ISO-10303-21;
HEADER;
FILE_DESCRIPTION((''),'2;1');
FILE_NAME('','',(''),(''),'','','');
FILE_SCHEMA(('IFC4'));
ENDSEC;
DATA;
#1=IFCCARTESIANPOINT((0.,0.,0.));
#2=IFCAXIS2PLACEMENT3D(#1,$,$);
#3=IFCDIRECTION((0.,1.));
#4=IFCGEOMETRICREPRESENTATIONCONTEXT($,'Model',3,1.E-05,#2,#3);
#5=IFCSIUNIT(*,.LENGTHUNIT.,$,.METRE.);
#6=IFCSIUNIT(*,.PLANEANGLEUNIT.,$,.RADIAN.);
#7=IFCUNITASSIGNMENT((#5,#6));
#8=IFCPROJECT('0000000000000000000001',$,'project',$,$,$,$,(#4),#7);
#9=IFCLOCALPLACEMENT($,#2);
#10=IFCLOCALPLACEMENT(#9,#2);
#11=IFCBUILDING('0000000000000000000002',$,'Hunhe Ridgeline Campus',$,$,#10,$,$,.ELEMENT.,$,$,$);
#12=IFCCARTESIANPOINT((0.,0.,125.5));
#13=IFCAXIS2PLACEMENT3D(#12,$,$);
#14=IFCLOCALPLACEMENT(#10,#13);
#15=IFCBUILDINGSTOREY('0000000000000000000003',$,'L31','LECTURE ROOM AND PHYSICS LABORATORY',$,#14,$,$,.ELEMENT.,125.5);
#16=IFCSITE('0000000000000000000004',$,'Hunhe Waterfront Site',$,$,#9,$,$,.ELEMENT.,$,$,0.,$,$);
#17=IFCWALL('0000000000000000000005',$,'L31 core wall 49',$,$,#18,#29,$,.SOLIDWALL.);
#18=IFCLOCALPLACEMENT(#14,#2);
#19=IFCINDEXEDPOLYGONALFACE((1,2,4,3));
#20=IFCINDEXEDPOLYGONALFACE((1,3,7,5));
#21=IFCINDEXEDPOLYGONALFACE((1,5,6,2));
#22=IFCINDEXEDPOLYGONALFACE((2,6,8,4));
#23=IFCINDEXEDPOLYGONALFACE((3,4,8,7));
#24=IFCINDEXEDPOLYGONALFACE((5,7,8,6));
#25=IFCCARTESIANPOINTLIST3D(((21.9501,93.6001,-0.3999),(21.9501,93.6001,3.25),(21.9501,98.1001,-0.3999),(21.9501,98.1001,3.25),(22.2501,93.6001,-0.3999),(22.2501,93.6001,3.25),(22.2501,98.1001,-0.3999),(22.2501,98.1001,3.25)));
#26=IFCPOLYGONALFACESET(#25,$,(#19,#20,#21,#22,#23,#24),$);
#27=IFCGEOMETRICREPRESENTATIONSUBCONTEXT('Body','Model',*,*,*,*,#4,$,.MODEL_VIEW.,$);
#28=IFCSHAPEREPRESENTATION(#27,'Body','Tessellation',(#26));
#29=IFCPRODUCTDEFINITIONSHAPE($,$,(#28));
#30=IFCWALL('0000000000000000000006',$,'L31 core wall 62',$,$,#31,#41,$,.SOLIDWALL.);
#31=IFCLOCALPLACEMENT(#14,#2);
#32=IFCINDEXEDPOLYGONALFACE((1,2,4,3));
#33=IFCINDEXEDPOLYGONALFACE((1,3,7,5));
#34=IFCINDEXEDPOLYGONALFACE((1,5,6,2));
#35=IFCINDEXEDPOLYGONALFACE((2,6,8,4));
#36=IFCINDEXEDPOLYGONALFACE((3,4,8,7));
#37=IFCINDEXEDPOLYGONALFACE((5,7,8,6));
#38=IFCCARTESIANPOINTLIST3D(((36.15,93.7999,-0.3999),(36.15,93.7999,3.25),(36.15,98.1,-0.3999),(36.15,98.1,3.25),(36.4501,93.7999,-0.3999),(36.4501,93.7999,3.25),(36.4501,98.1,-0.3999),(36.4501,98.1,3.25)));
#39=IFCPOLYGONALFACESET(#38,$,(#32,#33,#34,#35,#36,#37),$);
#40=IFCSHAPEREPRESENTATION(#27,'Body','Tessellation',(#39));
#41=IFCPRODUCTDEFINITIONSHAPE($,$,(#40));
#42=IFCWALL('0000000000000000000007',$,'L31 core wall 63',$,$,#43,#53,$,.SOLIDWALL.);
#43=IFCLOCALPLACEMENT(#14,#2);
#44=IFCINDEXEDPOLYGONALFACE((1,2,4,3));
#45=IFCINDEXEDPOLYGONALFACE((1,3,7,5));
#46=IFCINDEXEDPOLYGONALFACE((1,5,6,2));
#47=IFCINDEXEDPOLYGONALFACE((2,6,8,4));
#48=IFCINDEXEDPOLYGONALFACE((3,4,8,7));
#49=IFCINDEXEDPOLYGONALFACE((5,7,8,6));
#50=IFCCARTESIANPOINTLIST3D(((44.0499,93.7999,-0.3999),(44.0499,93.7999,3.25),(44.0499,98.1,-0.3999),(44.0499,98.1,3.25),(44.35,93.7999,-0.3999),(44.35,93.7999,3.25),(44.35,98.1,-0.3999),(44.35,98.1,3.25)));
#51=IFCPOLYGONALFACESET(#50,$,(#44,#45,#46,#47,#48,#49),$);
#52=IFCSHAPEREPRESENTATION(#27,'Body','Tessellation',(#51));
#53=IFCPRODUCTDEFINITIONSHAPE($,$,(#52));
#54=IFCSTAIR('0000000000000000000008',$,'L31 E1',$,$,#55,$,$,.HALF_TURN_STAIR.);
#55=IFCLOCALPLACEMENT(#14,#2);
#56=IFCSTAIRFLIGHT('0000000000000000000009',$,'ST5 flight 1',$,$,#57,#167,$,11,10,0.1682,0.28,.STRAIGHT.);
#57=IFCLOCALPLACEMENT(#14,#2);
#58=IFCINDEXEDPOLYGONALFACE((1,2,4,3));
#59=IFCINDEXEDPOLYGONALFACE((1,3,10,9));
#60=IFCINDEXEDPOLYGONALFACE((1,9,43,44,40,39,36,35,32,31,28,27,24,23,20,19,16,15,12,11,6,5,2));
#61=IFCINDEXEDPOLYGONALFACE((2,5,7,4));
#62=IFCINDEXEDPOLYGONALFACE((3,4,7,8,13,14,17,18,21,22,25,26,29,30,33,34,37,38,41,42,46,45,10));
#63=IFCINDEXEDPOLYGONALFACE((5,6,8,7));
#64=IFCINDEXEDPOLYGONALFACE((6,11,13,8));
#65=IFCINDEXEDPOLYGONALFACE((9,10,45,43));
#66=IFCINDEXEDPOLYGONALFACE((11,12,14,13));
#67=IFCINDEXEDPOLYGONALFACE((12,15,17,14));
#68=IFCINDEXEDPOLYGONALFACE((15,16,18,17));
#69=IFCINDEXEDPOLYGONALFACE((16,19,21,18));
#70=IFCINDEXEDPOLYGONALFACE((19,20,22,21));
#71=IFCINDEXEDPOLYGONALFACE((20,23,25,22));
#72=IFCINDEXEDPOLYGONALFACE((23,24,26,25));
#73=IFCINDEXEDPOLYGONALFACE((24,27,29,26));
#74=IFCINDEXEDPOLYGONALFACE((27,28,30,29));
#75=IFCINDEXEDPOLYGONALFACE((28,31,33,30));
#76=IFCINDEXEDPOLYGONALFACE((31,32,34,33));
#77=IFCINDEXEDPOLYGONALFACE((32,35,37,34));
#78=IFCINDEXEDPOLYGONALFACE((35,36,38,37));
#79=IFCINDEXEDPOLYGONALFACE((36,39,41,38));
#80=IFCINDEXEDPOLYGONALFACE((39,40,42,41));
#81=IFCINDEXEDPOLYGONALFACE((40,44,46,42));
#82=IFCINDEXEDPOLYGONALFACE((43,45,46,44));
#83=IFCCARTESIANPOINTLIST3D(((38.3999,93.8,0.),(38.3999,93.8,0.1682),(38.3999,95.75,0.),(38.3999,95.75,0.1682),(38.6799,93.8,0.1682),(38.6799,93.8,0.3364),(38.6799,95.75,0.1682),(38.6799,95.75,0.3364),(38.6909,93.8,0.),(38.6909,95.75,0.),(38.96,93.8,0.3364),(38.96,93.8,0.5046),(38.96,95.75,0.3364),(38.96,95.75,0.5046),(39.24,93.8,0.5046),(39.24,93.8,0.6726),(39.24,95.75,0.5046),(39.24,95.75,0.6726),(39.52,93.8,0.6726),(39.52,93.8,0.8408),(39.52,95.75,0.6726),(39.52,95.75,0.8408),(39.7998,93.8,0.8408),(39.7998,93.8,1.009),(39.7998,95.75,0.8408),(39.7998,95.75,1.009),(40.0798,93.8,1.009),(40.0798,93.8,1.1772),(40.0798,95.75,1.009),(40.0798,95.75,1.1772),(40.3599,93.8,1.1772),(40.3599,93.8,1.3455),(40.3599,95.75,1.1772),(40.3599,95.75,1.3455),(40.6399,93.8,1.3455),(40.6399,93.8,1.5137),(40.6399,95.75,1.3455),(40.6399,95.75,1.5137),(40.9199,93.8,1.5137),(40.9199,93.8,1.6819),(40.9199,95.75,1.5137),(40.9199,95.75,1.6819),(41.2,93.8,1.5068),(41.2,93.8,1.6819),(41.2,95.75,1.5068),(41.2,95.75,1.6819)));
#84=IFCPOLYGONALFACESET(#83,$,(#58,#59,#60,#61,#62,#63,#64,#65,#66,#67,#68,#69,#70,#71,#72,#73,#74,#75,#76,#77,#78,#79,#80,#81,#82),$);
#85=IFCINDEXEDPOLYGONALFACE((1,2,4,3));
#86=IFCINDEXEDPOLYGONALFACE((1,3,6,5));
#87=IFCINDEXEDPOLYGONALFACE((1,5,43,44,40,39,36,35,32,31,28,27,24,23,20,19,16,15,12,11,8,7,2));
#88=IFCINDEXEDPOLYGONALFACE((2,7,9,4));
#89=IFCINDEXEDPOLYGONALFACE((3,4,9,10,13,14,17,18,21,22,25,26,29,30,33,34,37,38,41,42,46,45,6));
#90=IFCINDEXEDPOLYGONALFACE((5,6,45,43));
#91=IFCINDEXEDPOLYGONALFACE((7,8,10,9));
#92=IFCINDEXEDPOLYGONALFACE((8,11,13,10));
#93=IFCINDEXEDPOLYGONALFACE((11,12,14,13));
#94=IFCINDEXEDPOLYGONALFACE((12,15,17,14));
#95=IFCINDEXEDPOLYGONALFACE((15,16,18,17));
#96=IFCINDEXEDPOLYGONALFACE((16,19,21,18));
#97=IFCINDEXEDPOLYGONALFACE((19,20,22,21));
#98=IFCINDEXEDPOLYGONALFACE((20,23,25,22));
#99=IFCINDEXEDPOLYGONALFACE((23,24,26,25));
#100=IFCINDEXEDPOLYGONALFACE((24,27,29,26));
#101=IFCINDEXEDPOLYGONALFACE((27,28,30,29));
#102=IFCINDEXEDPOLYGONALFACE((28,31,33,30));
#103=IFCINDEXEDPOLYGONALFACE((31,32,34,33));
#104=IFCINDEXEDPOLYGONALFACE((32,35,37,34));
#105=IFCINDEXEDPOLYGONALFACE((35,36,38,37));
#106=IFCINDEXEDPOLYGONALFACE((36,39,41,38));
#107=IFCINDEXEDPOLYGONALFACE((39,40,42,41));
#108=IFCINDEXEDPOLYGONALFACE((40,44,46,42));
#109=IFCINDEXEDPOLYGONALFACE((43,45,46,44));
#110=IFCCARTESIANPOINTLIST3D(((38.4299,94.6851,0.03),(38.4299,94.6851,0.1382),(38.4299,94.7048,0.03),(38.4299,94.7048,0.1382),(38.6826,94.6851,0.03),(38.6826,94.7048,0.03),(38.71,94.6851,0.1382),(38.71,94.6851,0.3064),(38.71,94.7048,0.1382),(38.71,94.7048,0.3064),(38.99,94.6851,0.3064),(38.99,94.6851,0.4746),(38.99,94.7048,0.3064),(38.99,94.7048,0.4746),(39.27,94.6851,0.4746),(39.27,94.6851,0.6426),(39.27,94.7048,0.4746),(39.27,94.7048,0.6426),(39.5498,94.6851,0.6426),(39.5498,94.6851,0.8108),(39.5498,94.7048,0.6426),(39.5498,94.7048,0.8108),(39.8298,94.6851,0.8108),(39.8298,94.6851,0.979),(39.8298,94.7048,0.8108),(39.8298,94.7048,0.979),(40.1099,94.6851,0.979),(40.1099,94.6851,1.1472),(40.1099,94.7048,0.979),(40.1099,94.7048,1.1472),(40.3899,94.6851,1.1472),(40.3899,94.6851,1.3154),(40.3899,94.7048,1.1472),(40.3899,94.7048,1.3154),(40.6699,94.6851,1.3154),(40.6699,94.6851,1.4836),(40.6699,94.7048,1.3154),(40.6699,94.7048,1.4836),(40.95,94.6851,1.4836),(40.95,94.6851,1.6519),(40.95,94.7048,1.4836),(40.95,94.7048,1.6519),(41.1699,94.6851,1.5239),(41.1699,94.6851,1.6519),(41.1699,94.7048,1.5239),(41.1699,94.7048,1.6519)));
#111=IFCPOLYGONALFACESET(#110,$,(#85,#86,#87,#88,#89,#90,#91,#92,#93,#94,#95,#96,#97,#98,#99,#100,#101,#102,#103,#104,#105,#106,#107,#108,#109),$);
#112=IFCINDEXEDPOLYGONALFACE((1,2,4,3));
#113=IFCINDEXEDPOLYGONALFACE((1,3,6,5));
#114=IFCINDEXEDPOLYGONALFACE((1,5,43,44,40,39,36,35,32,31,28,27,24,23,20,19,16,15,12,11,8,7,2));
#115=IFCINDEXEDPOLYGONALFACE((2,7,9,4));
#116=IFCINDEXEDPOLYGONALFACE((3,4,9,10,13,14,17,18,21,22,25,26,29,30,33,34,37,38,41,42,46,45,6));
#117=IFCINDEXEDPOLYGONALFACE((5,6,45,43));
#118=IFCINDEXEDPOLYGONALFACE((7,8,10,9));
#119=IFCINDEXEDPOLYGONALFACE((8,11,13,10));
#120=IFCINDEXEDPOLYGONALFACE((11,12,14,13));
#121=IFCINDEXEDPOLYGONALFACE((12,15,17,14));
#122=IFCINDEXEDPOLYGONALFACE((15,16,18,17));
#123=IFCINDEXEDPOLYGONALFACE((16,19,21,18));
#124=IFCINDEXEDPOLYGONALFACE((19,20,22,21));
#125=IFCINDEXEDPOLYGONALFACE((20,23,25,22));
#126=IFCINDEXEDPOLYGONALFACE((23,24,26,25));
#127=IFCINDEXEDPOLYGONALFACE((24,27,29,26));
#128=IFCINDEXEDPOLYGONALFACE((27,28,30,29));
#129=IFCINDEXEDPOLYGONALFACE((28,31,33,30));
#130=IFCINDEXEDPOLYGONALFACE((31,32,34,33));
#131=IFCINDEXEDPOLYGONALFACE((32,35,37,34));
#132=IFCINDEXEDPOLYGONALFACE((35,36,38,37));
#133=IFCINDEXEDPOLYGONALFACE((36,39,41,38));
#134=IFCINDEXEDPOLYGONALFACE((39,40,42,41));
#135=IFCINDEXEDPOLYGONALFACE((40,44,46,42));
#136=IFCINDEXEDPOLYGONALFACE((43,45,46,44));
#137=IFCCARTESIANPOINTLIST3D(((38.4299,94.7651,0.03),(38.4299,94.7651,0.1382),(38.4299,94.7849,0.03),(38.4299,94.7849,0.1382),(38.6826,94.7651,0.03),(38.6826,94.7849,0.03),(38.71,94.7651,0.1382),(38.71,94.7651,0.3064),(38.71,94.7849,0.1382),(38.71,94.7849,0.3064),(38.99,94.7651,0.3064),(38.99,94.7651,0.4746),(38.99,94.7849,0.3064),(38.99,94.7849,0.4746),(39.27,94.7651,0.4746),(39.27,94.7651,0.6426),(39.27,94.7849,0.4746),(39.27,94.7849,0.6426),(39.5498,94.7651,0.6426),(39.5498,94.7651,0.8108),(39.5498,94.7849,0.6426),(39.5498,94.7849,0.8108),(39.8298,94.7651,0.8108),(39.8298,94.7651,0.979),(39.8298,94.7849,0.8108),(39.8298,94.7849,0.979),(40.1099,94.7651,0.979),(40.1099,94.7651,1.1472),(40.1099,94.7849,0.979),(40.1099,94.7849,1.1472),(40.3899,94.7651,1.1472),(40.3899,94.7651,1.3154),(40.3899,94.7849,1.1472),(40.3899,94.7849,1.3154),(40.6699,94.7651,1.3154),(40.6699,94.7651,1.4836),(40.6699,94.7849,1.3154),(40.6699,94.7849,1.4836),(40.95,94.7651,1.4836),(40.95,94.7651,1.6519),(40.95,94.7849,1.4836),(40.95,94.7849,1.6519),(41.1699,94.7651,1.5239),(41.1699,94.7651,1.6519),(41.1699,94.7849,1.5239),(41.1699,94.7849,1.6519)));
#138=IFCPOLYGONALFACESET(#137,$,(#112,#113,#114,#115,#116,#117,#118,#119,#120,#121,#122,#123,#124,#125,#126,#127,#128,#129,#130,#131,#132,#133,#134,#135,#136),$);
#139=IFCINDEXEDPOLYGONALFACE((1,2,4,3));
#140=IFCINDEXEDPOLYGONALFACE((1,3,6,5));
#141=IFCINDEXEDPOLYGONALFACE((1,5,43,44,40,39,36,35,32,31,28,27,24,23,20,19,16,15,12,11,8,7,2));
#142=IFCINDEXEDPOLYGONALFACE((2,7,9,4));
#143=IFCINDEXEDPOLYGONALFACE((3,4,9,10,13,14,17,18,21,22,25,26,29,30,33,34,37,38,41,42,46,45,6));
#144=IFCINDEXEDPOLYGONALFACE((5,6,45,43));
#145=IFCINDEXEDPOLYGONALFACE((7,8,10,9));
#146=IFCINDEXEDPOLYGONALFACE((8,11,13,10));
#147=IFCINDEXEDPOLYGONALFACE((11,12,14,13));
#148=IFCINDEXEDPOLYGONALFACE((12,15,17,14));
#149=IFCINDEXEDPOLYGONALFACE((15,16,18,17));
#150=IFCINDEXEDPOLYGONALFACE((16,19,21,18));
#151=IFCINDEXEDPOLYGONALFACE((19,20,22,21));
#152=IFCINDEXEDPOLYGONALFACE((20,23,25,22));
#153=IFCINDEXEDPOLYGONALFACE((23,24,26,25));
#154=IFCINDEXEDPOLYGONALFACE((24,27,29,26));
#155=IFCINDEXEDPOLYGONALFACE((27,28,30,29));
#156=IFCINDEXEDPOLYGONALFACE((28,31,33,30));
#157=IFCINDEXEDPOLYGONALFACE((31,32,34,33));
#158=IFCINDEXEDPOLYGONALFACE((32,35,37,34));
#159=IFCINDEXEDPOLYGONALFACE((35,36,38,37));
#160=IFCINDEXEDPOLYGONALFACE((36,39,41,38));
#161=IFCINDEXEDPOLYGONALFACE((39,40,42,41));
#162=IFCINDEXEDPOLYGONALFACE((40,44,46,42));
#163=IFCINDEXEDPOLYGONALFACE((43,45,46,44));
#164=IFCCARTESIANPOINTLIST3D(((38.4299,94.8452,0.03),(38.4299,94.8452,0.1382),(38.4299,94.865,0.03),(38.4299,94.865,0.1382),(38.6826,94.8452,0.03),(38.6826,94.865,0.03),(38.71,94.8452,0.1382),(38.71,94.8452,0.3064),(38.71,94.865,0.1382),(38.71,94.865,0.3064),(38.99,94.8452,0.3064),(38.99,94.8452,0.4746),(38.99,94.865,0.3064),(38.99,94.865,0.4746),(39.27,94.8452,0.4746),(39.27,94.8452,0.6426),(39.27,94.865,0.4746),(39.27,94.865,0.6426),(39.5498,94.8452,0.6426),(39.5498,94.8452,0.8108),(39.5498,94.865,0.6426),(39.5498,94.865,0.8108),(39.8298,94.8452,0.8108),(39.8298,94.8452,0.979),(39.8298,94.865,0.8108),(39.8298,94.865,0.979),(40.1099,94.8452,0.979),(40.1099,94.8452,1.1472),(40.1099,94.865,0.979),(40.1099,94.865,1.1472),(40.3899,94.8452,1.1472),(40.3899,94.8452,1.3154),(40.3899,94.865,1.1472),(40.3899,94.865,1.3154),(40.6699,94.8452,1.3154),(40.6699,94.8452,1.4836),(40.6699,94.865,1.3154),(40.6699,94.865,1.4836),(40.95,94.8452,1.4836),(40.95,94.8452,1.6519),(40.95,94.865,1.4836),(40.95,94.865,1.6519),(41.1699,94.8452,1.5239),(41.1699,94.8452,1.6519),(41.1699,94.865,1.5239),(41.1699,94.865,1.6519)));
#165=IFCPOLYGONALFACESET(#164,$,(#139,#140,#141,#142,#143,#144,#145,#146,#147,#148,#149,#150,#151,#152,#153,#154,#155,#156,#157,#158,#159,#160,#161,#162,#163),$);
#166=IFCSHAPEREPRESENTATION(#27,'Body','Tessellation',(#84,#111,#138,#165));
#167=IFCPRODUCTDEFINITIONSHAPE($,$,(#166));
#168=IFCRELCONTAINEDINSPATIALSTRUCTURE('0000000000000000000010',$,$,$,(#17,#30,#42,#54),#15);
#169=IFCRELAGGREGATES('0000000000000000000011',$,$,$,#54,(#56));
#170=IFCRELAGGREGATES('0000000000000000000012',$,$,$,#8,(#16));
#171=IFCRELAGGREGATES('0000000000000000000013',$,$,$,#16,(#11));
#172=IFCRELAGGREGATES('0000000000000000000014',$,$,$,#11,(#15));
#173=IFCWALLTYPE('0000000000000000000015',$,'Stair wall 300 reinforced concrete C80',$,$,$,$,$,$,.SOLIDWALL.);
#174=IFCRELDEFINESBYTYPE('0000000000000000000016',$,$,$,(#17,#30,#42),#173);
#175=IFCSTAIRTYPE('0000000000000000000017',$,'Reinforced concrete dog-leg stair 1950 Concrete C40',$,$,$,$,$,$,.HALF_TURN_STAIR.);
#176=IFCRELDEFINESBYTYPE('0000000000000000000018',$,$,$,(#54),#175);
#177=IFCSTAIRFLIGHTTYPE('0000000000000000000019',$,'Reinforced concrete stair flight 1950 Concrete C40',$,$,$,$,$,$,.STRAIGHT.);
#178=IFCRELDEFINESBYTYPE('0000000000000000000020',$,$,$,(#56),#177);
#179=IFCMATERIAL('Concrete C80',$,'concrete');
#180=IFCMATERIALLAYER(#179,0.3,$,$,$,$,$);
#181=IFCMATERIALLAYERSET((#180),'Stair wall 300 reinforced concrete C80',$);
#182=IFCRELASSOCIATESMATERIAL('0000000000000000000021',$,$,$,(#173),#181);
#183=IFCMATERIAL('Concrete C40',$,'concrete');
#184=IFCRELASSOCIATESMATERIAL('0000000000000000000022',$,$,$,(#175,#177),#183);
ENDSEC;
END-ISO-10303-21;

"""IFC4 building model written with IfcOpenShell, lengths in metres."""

from ifc_helpers import new_model, si_unit, direction, frame, frame_2d, origin, place, context, subcontext, project, spatial, polyline, rectangle, outline, extrude, material, layer, layer_set, type_object, element, aggregate, save


model = new_model("IFC4")

# Units and contexts
model_context = context("Model", 3, precision=1e-05, world=origin(), true_north=direction((0.0, 1.0)))
body_context = subcontext(model_context, "Body", "Model", "MODEL_VIEW")
ifc_project = project(units=[si_unit("LENGTHUNIT", "METRE"), si_unit("PLANEANGLEUNIT", "RADIAN")], contexts=[model_context])

# Site, building, storey
site_placement = place(None, origin())
site = spatial("IfcSite", under=ifc_project, at=site_placement, Name="Hunhe Waterfront Site", CompositionType="ELEMENT", RefElevation=0.0)
building_placement = place(site_placement, origin())
building = spatial("IfcBuilding", under=site, at=building_placement, Name="Hunhe Ridgeline Campus", CompositionType="ELEMENT")
storey_placement = place(building_placement, frame((0.0, 0.0, 125.5)))
storey = spatial("IfcBuildingStorey", under=building, at=storey_placement, Name="L31", Description="LECTURE ROOM AND PHYSICS LABORATORY", CompositionType="ELEMENT", Elevation=125.5)

# Shared definitions
ifc_material_1 = material(Name="Concrete C80", Category="concrete")

# Shared definitions
ifc_layer_1 = layer(ifc_material_1, 0.3)
ifc_layer_set_1 = layer_set([ifc_layer_1], Name="Stair wall 300 reinforced concrete C80")
wall_type_1 = type_object("IfcWallType", Name="Stair wall 300 reinforced concrete C80", PredefinedType="SOLIDWALL", material=ifc_layer_set_1)

# Walls
wall_1_placement = place(storey_placement, frame((22.1001, 93.6001, -0.3999), z_axis=(0.0, 0.0, 1.0), x_axis=(0.0, 1.0, 0.0)))
element("IfcWall", 1, at=wall_1_placement, inside=storey, type_object=wall_type_1, Name="L31 core wall 49", PredefinedType="SOLIDWALL", context=body_context, shape_type="SweptSolid", body=[
    extrude(rectangle(XDim=4.5, YDim=0.3, at=frame_2d((2.25, 0.0))), origin(), (0.0, 0.0, 1.0), 3.6499),
])
for number, where, z_axis, x_axis, name in (
    (2, (36.3, 93.8, -0.3999), (0.0, 0.0, 1.0), (0.0, 1.0, 0.0), "L31 core wall 62"),
    (3, (44.2, 93.8, -0.3999), (0.0, 0.0, 1.0), (0.0, 1.0, 0.0), "L31 core wall 63"),
):
    element("IfcWall", number, at=place(storey_placement, frame(where, z_axis=z_axis, x_axis=x_axis)), inside=storey, type_object=wall_type_1, Name=name, PredefinedType="SOLIDWALL", context=body_context, shape_type="SweptSolid", body=[
        extrude(rectangle(XDim=4.3, YDim=0.3, at=frame_2d((2.1499, 0.0))), origin(), (0.0, 0.0, 1.0), 3.6499),
    ])

# Stair, stair flight
ifc_material_2 = material(Name="Concrete C40", Category="concrete")
stair_type = type_object("IfcStairType", Name="Reinforced concrete dog-leg stair 1950 Concrete C40", PredefinedType="HALF_TURN_STAIR", material=ifc_material_2)
stair_placement = place(storey_placement, origin())
stair = element("IfcStair", 4, at=stair_placement, inside=storey, type_object=stair_type, Name="L31 E1", PredefinedType="HALF_TURN_STAIR")
stair_flight_type = type_object("IfcStairFlightType", Name="Reinforced concrete stair flight 1950 Concrete C40", PredefinedType="STRAIGHT", material=ifc_material_2)
stair_flight_1_placement = place(storey_placement, frame((38.3999, 94.7749, 0.0), z_axis=(0.0, 0.0, 1.0), x_axis=(1.0, 0.0, 0.0)))
stair_flight_1 = element("IfcStairFlight", 5, at=stair_flight_1_placement, type_object=stair_flight_type, Name="ST5 flight 1", NumberOfRisers=11, NumberOfTreads=10, PredefinedType="STRAIGHT", RiserHeight=0.1682, TreadLength=0.28, context=body_context, shape_type="SweptSolid", body=[
    extrude(outline(polyline([(0.0, 0.0), (0.0, 0.1682), (0.28, 0.1682), (0.28, 0.3364), (0.5601, 0.3364), (0.5601, 0.5046), (0.8401, 0.5046), (0.8401, 0.6726), (1.1201, 0.6726), (1.1201, 0.8408), (1.3999, 0.8408), (1.3999, 1.009), (1.6799, 1.009), (1.6799, 1.1772), (1.96, 1.1772), (1.96, 1.3455), (2.24, 1.3455), (2.24, 1.5137), (2.52, 1.5137), (2.52, 1.6819), (2.8, 1.6819), (2.8, 1.8501), (2.8, 1.5068), (0.291, 0.0), (0.0, 0.0)])), frame((0.0, 0.9751, 0.0), z_axis=(0.0, -1.0, 0.0), x_axis=(1.0, 0.0, 0.0)), (0.0, 0.0, 1.0), 1.95),
    extrude(outline(polyline([(0.03, 0.03), (0.03, 0.1382), (0.3101, 0.1382), (0.3101, 0.3064), (0.5901, 0.3064), (0.5901, 0.4746), (0.8701, 0.4746), (0.8701, 0.6426), (1.1499, 0.6426), (1.1499, 0.8108), (1.4299, 0.8108), (1.4299, 0.979), (1.71, 0.979), (1.71, 1.1472), (1.99, 1.1472), (1.99, 1.3154), (2.27, 1.3154), (2.27, 1.4836), (2.55, 1.4836), (2.55, 1.6519), (2.77, 1.6519), (2.77, 1.5239), (0.2827, 0.03), (0.03, 0.03)])), frame((0.0, -0.0701, 0.0), z_axis=(0.0, -1.0, 0.0), x_axis=(1.0, 0.0, 0.0)), (0.0, 0.0, 1.0), 0.0198),
    extrude(outline(polyline([(0.03, 0.03), (0.03, 0.1382), (0.3101, 0.1382), (0.3101, 0.3064), (0.5901, 0.3064), (0.5901, 0.4746), (0.8701, 0.4746), (0.8701, 0.6426), (1.1499, 0.6426), (1.1499, 0.8108), (1.4299, 0.8108), (1.4299, 0.979), (1.71, 0.979), (1.71, 1.1472), (1.99, 1.1472), (1.99, 1.3154), (2.27, 1.3154), (2.27, 1.4836), (2.55, 1.4836), (2.55, 1.6519), (2.77, 1.6519), (2.77, 1.5239), (0.2827, 0.03), (0.03, 0.03)])), frame((0.0, 0.01, 0.0), z_axis=(0.0, -1.0, 0.0), x_axis=(1.0, 0.0, 0.0)), (0.0, 0.0, 1.0), 0.0198),
    extrude(outline(polyline([(0.03, 0.03), (0.03, 0.1382), (0.3101, 0.1382), (0.3101, 0.3064), (0.5901, 0.3064), (0.5901, 0.4746), (0.8701, 0.4746), (0.8701, 0.6426), (1.1499, 0.6426), (1.1499, 0.8108), (1.4299, 0.8108), (1.4299, 0.979), (1.71, 0.979), (1.71, 1.1472), (1.99, 1.1472), (1.99, 1.3154), (2.27, 1.3154), (2.27, 1.4836), (2.55, 1.4836), (2.55, 1.6519), (2.77, 1.6519), (2.77, 1.5239), (0.2827, 0.03), (0.03, 0.03)])), frame((0.0, 0.0901, 0.0), z_axis=(0.0, -1.0, 0.0), x_axis=(1.0, 0.0, 0.0)), (0.0, 0.0, 1.0), 0.0198),
])
aggregate(stair, [stair_flight_1])

save(model, "model.ifc")
